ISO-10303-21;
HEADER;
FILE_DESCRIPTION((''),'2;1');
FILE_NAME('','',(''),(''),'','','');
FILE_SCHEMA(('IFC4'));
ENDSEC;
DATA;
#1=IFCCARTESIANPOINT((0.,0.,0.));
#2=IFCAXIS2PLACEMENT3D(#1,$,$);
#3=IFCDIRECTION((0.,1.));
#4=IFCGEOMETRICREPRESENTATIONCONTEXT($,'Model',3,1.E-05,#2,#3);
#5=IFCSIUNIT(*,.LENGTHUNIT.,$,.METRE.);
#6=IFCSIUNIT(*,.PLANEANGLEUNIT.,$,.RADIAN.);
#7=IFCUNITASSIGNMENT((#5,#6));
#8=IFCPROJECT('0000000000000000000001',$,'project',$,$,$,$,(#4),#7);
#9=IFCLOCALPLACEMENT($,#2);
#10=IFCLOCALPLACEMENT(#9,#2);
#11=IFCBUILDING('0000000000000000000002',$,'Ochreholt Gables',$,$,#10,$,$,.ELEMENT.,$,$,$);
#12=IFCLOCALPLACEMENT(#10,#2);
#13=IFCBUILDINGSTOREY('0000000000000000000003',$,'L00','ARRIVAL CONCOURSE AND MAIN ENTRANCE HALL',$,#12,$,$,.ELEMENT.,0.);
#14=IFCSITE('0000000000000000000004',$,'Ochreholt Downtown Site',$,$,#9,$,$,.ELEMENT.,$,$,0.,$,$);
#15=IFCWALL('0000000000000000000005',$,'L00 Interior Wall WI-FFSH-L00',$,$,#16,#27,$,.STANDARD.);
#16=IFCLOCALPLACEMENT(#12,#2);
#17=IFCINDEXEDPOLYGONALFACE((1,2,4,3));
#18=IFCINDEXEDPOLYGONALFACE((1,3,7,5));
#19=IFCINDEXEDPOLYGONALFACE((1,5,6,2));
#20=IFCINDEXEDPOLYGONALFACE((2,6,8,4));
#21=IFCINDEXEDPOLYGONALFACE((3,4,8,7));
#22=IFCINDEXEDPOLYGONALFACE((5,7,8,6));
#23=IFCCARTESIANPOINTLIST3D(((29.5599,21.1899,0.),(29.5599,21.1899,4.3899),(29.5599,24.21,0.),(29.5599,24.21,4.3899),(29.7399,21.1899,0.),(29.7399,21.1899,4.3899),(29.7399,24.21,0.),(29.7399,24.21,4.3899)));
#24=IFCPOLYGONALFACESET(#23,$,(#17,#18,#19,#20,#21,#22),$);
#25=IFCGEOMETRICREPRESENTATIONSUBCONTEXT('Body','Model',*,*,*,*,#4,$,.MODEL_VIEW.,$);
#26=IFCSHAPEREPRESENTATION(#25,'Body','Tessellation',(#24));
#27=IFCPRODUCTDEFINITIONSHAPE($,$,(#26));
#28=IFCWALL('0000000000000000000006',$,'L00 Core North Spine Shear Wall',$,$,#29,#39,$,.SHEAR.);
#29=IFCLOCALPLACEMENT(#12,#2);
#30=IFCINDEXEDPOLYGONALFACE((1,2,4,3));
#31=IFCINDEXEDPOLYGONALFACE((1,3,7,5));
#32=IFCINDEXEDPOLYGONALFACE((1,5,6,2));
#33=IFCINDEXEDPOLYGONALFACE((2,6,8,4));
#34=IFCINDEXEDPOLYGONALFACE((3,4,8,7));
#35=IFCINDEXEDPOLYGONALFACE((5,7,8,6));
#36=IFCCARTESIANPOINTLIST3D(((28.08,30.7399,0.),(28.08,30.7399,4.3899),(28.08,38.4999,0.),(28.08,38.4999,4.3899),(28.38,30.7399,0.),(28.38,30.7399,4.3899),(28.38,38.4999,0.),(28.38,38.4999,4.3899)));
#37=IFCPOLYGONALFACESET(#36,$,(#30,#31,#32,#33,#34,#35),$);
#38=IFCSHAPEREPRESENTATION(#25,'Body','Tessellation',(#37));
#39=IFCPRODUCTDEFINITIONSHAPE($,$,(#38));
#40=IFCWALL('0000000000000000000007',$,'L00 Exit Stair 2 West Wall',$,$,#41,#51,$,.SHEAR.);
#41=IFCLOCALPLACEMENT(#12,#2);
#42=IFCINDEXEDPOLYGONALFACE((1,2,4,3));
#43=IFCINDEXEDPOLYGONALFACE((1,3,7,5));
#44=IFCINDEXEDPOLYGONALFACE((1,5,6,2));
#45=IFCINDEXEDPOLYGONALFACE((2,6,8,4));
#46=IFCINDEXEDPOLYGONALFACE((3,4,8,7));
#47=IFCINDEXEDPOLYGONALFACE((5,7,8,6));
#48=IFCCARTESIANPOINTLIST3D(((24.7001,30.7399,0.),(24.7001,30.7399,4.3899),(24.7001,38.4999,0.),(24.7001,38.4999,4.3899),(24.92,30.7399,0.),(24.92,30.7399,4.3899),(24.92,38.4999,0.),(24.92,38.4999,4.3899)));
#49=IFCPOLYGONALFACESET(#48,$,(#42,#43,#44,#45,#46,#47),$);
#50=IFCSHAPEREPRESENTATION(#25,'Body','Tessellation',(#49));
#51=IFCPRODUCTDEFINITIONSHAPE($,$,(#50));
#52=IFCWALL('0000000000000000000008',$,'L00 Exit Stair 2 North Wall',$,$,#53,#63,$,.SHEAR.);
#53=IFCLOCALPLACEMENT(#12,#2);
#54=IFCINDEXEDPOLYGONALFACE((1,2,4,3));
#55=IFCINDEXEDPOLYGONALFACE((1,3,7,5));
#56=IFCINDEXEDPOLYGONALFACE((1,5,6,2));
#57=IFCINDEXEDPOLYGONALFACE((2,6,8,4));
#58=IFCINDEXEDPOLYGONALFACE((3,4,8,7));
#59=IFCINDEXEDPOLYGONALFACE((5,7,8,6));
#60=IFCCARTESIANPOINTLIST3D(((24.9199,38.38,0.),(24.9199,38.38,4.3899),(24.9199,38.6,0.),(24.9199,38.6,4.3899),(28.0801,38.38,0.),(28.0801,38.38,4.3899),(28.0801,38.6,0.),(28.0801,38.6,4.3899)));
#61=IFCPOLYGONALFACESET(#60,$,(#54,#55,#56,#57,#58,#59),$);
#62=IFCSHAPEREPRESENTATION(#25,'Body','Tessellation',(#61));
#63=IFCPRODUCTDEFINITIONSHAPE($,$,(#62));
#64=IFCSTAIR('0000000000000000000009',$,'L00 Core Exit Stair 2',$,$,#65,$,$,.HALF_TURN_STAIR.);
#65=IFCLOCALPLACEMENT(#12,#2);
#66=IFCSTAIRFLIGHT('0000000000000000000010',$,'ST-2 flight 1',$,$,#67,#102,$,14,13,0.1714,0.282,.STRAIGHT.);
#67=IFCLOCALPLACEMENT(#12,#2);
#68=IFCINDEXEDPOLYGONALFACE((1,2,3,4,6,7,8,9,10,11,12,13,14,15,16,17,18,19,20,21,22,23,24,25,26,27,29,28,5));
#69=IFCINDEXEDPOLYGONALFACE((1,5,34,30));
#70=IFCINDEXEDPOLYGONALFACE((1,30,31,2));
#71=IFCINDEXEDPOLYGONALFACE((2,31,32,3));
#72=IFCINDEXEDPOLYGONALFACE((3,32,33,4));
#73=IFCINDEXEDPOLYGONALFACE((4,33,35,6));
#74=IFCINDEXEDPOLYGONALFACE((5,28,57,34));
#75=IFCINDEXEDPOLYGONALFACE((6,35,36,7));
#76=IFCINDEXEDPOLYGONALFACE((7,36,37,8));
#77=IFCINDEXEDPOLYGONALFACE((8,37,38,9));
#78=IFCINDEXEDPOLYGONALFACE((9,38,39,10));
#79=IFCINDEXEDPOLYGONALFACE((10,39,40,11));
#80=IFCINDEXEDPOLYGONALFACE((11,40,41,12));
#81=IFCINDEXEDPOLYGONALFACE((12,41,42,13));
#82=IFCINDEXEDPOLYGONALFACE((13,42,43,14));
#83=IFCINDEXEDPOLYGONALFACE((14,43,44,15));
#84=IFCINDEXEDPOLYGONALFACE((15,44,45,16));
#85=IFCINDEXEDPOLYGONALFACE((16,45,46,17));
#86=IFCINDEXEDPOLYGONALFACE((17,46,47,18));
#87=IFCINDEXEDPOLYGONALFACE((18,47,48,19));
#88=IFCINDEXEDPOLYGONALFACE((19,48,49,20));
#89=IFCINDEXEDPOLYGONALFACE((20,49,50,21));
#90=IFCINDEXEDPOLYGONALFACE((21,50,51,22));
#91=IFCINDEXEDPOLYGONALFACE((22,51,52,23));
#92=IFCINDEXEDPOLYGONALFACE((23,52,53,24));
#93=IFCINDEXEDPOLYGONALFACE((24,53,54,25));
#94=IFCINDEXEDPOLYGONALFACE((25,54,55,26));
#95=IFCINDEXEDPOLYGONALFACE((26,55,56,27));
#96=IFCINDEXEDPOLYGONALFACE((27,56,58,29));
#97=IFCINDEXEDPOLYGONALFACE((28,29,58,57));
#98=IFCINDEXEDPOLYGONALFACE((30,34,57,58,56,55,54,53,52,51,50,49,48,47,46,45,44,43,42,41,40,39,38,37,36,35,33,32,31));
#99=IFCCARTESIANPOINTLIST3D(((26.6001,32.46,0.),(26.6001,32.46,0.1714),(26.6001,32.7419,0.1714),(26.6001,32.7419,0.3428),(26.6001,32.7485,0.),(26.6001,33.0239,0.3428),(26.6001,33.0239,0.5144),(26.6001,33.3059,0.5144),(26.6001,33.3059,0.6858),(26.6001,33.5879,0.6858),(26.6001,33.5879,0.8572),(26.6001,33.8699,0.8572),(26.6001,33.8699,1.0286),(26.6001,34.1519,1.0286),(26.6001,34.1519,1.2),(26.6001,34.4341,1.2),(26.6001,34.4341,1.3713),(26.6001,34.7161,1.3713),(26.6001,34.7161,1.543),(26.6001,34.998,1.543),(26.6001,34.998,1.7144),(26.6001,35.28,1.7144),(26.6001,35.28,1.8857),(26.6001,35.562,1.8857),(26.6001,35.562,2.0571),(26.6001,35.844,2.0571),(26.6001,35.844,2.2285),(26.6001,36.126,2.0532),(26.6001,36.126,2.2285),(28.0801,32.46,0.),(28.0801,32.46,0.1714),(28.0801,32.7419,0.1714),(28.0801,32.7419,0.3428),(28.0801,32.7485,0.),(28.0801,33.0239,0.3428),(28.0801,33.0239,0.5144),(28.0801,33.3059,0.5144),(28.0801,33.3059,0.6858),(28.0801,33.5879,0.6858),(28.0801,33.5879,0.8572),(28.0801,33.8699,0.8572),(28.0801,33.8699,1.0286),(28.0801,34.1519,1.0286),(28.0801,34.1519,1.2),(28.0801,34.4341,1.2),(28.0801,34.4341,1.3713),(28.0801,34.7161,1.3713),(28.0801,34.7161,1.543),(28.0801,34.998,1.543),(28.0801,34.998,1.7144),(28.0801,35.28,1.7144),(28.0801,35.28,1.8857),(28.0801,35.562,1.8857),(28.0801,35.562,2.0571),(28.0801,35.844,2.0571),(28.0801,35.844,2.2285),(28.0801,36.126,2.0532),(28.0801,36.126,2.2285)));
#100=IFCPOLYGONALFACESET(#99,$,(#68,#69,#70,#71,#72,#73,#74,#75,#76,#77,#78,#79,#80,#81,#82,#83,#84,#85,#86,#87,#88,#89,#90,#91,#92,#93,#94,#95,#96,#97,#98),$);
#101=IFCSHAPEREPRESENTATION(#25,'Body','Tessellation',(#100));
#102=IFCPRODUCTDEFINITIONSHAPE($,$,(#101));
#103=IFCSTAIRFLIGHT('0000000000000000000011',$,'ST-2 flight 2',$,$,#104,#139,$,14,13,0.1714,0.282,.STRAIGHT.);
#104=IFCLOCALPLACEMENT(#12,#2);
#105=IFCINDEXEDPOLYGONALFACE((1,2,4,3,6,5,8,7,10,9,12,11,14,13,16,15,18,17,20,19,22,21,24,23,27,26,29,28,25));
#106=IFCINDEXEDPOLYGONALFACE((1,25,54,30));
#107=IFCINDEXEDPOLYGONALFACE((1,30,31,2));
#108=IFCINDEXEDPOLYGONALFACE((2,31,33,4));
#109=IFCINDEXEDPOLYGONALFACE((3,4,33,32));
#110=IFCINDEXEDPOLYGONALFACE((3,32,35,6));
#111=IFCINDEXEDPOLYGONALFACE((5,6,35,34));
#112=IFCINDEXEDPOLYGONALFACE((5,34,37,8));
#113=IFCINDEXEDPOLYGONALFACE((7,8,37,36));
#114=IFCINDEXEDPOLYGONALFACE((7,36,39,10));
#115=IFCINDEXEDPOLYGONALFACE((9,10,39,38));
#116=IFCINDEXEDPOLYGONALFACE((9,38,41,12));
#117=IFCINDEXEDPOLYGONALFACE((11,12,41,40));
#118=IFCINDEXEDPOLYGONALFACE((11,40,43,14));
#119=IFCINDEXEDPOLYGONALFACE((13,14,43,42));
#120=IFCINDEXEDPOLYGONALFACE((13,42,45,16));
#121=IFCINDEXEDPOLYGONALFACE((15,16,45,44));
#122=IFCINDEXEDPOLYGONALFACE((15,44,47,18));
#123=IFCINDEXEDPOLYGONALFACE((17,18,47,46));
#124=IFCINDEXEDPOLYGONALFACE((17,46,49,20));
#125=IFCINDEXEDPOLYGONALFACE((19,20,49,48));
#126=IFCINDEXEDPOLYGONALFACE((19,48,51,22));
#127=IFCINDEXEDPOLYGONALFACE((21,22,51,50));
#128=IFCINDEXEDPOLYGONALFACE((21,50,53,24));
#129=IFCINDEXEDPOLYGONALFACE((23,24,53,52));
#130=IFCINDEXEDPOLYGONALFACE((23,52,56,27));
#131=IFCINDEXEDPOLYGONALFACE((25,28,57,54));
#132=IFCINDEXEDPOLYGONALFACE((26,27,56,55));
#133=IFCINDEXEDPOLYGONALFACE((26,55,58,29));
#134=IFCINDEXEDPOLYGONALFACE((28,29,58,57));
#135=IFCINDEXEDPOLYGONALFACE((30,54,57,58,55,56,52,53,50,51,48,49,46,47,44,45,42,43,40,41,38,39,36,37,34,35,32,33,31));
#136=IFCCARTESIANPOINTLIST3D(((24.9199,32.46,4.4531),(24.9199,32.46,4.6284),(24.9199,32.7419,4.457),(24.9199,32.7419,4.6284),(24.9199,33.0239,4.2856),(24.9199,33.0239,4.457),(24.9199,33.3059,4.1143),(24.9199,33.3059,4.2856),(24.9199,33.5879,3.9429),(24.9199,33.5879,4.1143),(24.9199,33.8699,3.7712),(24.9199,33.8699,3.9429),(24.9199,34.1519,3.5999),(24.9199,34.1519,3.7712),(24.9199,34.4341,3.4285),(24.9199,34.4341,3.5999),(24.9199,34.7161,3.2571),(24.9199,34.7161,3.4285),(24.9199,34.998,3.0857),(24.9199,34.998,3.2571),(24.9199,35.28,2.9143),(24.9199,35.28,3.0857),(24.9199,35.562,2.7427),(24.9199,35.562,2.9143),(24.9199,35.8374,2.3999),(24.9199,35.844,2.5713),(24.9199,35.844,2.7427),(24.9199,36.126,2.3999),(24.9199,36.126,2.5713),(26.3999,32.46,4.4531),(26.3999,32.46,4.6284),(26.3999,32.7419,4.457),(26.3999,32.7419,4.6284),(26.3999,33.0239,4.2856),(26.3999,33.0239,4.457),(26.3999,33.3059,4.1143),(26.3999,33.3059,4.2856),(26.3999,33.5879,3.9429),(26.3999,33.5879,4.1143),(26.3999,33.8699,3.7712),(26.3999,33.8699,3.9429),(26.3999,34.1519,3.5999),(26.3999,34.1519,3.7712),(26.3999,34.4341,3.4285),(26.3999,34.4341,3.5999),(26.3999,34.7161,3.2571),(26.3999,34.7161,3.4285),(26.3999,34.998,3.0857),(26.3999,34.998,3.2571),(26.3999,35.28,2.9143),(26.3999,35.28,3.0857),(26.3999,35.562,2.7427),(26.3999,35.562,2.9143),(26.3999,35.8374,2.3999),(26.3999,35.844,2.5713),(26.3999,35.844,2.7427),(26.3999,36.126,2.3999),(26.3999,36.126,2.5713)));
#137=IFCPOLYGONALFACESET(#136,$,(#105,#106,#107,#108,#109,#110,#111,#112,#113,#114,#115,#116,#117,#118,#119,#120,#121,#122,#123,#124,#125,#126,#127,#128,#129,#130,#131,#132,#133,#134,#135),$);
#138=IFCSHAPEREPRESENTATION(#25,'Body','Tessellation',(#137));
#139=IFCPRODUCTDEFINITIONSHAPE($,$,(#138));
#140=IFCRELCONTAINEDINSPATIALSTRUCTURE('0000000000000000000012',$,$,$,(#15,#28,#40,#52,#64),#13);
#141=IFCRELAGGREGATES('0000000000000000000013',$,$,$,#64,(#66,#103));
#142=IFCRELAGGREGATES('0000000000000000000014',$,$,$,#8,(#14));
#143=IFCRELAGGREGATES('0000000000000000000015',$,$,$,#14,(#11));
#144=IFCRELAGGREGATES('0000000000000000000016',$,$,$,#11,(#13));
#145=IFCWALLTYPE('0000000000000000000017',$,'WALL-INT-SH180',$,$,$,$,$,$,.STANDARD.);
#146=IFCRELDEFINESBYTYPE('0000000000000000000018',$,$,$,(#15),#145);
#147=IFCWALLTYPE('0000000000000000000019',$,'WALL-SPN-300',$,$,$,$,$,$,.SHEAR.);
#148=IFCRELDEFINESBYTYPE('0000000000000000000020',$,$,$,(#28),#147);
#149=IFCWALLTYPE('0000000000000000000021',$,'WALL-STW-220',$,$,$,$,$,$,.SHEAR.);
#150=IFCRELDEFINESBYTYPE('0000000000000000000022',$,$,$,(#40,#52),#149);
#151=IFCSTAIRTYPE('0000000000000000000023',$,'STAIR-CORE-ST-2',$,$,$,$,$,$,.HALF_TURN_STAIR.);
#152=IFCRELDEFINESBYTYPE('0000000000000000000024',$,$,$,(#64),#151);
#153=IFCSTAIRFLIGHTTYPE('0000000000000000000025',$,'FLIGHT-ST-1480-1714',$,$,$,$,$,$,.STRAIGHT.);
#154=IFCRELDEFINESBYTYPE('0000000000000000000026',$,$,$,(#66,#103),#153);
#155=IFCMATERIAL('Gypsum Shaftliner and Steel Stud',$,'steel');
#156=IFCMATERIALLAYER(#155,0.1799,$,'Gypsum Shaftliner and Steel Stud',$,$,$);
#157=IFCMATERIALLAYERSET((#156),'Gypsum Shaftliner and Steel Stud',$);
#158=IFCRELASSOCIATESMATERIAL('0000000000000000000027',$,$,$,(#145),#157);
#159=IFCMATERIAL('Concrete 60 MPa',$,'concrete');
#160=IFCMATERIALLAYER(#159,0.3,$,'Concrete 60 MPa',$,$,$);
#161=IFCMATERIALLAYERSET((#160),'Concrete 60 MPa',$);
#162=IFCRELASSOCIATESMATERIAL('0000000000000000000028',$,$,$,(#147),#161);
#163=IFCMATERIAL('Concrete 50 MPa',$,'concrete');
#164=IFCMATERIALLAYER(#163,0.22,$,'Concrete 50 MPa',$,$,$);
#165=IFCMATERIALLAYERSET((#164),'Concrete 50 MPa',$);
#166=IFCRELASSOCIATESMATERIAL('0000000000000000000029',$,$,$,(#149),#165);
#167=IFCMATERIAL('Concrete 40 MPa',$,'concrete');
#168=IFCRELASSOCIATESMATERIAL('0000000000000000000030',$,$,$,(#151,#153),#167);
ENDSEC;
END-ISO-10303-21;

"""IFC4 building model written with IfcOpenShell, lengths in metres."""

from ifc_helpers import new_model, si_unit, direction, frame, frame_2d, origin, place, context, subcontext, project, spatial, polyline, rectangle, outline, extrude, material, layer, layer_set, type_object, element, aggregate, save


model = new_model("IFC4")

# Units and contexts
model_context = context("Model", 3, precision=1e-05, world=origin(), true_north=direction((0.0, 1.0)))
body_context = subcontext(model_context, "Body", "Model", "MODEL_VIEW")
ifc_project = project(units=[si_unit("LENGTHUNIT", "METRE"), si_unit("PLANEANGLEUNIT", "RADIAN")], contexts=[model_context])

# Site, building, storey
site_placement = place(None, origin())
site = spatial("IfcSite", under=ifc_project, at=site_placement, Name="Ochreholt Downtown Site", CompositionType="ELEMENT", RefElevation=0.0)
building_placement = place(site_placement, origin())
building = spatial("IfcBuilding", under=site, at=building_placement, Name="Ochreholt Gables", CompositionType="ELEMENT")
storey_placement = place(building_placement, origin())
storey = spatial("IfcBuildingStorey", under=building, at=storey_placement, Name="L00", Description="ARRIVAL CONCOURSE AND MAIN ENTRANCE HALL", CompositionType="ELEMENT", Elevation=0.0)

# Shared definitions
ifc_material_1 = material(Name="Concrete 60 MPa", Category="concrete")
ifc_material_2 = material(Name="Concrete 40 MPa", Category="concrete")

# Walls
ifc_material_3 = material(Name="Gypsum Shaftliner and Steel Stud", Category="steel")
ifc_layer_1 = layer(ifc_material_3, 0.1799, Name="Gypsum Shaftliner and Steel Stud")
ifc_layer_set_1 = layer_set([ifc_layer_1], Name="Gypsum Shaftliner and Steel Stud")
wall_type_1 = type_object("IfcWallType", Name="WALL-INT-SH180", PredefinedType="STANDARD", material=ifc_layer_set_1)
wall_1_placement = place(storey_placement, frame((29.6499, 21.1899, 0.0), z_axis=(0.0, 0.0, 1.0), x_axis=(0.0, 1.0, 0.0)))
element("IfcWall", 1, at=wall_1_placement, inside=storey, type_object=wall_type_1, Name="L00 Interior Wall WI-FFSH-L00", PredefinedType="STANDARD", context=body_context, shape_type="SweptSolid", body=[
    extrude(rectangle(XDim=3.02, YDim=0.1799, at=frame_2d((1.51, 0.0))), origin(), (0.0, 0.0, 1.0), 4.3899),
])
ifc_layer_2 = layer(ifc_material_1, 0.3, Name="Concrete 60 MPa")
ifc_layer_set_2 = layer_set([ifc_layer_2], Name="Concrete 60 MPa")
wall_type_2 = type_object("IfcWallType", Name="WALL-SPN-300", PredefinedType="SHEAR", material=ifc_layer_set_2)
wall_2_placement = place(storey_placement, frame((28.23, 30.74, 0.0), z_axis=(0.0, 0.0, 1.0), x_axis=(0.0, 1.0, 0.0)))
element("IfcWall", 2, at=wall_2_placement, inside=storey, type_object=wall_type_2, Name="L00 Core North Spine Shear Wall", PredefinedType="SHEAR", context=body_context, shape_type="SweptSolid", body=[
    extrude(rectangle(XDim=7.76, YDim=0.3, at=frame_2d((3.8799, 0.0))), origin(), (0.0, 0.0, 1.0), 4.3899),
])
ifc_material_4 = material(Name="Concrete 50 MPa", Category="concrete")
ifc_layer_3 = layer(ifc_material_4, 0.22, Name="Concrete 50 MPa")
ifc_layer_set_3 = layer_set([ifc_layer_3], Name="Concrete 50 MPa")
wall_type_3 = type_object("IfcWallType", Name="WALL-STW-220", PredefinedType="SHEAR", material=ifc_layer_set_3)
wall_3_placement = place(storey_placement, frame((24.8101, 30.74, 0.0), z_axis=(0.0, 0.0, 1.0), x_axis=(0.0, 1.0, 0.0)))
element("IfcWall", 3, at=wall_3_placement, inside=storey, type_object=wall_type_3, Name="L00 Exit Stair 2 West Wall", PredefinedType="SHEAR", context=body_context, shape_type="SweptSolid", body=[
    extrude(rectangle(XDim=7.76, YDim=0.22, at=frame_2d((3.8799, 0.0))), origin(), (0.0, 0.0, 1.0), 4.3899),
])

# Wall
wall_4_placement = place(storey_placement, frame((24.9199, 38.49, 0.0), z_axis=(0.0, 0.0, 1.0), x_axis=(1.0, 0.0, 0.0)))
element("IfcWall", 4, at=wall_4_placement, inside=storey, type_object=wall_type_3, Name="L00 Exit Stair 2 North Wall", PredefinedType="SHEAR", context=body_context, shape_type="SweptSolid", body=[
    extrude(rectangle(XDim=3.1602, YDim=0.22, at=frame_2d((1.5801, 0.0))), origin(), (0.0, 0.0, 1.0), 4.3899),
])

# Stair, stair flights
stair_type = type_object("IfcStairType", Name="STAIR-CORE-ST-2", PredefinedType="HALF_TURN_STAIR", material=ifc_material_2)
stair_placement = place(storey_placement, origin())
stair = element("IfcStair", 5, at=stair_placement, inside=storey, type_object=stair_type, Name="L00 Core Exit Stair 2", PredefinedType="HALF_TURN_STAIR")
stair_flight_type = type_object("IfcStairFlightType", Name="FLIGHT-ST-1480-1714", PredefinedType="STRAIGHT", material=ifc_material_2)
stair_flight_1_placement = place(storey_placement, frame((27.3401, 32.46, 0.0), z_axis=(0.0, 0.0, 1.0), x_axis=(0.0, 1.0, 0.0)))
stair_flight_1 = element("IfcStairFlight", 6, at=stair_flight_1_placement, type_object=stair_flight_type, Name="ST-2 flight 1", NumberOfRisers=14, NumberOfTreads=13, PredefinedType="STRAIGHT", RiserHeight=0.1714, TreadLength=0.282, context=body_context, shape_type="SweptSolid", body=[
    extrude(outline(polyline([(0.0, 0.0), (0.0, 0.1714), (0.282, 0.1714), (0.282, 0.3428), (0.564, 0.3428), (0.564, 0.5144), (0.8459, 0.5144), (0.8459, 0.6858), (1.1279, 0.6858), (1.1279, 0.8572), (1.4099, 0.8572), (1.4099, 1.0286), (1.6919, 1.0286), (1.6919, 1.2), (1.9741, 1.2), (1.9741, 1.3713), (2.2561, 1.3713), (2.2561, 1.543), (2.5381, 1.543), (2.5381, 1.7144), (2.8201, 1.7144), (2.8201, 1.8857), (3.1021, 1.8857), (3.1021, 2.0571), (3.384, 2.0571), (3.384, 2.2285), (3.666, 2.2285), (3.666, 2.3999), (3.666, 2.0532), (0.2886, 0.0), (0.0, 0.0)])), frame((0.0, 0.74, 0.0), z_axis=(0.0, -1.0, 0.0), x_axis=(1.0, 0.0, 0.0)), (0.0, 0.0, 1.0), 1.48),
])
stair_flight_2_placement = place(storey_placement, frame((25.6599, 36.126, 2.3999), z_axis=(0.0, 0.0, 1.0), x_axis=(0.0, -1.0, 0.0)))
stair_flight_2 = element("IfcStairFlight", 7, at=stair_flight_2_placement, type_object=stair_flight_type, Name="ST-2 flight 2", NumberOfRisers=14, NumberOfTreads=13, PredefinedType="STRAIGHT", RiserHeight=0.1714, TreadLength=0.282, context=body_context, shape_type="SweptSolid", body=[
    extrude(outline(polyline([(0.0, 0.0), (0.0, 0.1714), (0.282, 0.1714), (0.282, 0.3428), (0.564, 0.3428), (0.564, 0.5144), (0.8459, 0.5144), (0.8459, 0.6858), (1.1279, 0.6858), (1.1279, 0.8572), (1.4099, 0.8572), (1.4099, 1.0286), (1.6919, 1.0286), (1.6919, 1.2), (1.9741, 1.2), (1.9741, 1.3713), (2.2561, 1.3713), (2.2561, 1.543), (2.5381, 1.543), (2.5381, 1.7144), (2.8201, 1.7144), (2.8201, 1.8857), (3.1021, 1.8857), (3.1021, 2.0571), (3.384, 2.0571), (3.384, 2.2285), (3.666, 2.2285), (3.666, 2.3999), (3.666, 2.0532), (0.2886, 0.0), (0.0, 0.0)])), frame((0.0, 0.74, 0.0), z_axis=(0.0, -1.0, 0.0), x_axis=(1.0, 0.0, 0.0)), (0.0, 0.0, 1.0), 1.48),
])
aggregate(stair, [stair_flight_1, stair_flight_2])

save(model, "model.ifc")
